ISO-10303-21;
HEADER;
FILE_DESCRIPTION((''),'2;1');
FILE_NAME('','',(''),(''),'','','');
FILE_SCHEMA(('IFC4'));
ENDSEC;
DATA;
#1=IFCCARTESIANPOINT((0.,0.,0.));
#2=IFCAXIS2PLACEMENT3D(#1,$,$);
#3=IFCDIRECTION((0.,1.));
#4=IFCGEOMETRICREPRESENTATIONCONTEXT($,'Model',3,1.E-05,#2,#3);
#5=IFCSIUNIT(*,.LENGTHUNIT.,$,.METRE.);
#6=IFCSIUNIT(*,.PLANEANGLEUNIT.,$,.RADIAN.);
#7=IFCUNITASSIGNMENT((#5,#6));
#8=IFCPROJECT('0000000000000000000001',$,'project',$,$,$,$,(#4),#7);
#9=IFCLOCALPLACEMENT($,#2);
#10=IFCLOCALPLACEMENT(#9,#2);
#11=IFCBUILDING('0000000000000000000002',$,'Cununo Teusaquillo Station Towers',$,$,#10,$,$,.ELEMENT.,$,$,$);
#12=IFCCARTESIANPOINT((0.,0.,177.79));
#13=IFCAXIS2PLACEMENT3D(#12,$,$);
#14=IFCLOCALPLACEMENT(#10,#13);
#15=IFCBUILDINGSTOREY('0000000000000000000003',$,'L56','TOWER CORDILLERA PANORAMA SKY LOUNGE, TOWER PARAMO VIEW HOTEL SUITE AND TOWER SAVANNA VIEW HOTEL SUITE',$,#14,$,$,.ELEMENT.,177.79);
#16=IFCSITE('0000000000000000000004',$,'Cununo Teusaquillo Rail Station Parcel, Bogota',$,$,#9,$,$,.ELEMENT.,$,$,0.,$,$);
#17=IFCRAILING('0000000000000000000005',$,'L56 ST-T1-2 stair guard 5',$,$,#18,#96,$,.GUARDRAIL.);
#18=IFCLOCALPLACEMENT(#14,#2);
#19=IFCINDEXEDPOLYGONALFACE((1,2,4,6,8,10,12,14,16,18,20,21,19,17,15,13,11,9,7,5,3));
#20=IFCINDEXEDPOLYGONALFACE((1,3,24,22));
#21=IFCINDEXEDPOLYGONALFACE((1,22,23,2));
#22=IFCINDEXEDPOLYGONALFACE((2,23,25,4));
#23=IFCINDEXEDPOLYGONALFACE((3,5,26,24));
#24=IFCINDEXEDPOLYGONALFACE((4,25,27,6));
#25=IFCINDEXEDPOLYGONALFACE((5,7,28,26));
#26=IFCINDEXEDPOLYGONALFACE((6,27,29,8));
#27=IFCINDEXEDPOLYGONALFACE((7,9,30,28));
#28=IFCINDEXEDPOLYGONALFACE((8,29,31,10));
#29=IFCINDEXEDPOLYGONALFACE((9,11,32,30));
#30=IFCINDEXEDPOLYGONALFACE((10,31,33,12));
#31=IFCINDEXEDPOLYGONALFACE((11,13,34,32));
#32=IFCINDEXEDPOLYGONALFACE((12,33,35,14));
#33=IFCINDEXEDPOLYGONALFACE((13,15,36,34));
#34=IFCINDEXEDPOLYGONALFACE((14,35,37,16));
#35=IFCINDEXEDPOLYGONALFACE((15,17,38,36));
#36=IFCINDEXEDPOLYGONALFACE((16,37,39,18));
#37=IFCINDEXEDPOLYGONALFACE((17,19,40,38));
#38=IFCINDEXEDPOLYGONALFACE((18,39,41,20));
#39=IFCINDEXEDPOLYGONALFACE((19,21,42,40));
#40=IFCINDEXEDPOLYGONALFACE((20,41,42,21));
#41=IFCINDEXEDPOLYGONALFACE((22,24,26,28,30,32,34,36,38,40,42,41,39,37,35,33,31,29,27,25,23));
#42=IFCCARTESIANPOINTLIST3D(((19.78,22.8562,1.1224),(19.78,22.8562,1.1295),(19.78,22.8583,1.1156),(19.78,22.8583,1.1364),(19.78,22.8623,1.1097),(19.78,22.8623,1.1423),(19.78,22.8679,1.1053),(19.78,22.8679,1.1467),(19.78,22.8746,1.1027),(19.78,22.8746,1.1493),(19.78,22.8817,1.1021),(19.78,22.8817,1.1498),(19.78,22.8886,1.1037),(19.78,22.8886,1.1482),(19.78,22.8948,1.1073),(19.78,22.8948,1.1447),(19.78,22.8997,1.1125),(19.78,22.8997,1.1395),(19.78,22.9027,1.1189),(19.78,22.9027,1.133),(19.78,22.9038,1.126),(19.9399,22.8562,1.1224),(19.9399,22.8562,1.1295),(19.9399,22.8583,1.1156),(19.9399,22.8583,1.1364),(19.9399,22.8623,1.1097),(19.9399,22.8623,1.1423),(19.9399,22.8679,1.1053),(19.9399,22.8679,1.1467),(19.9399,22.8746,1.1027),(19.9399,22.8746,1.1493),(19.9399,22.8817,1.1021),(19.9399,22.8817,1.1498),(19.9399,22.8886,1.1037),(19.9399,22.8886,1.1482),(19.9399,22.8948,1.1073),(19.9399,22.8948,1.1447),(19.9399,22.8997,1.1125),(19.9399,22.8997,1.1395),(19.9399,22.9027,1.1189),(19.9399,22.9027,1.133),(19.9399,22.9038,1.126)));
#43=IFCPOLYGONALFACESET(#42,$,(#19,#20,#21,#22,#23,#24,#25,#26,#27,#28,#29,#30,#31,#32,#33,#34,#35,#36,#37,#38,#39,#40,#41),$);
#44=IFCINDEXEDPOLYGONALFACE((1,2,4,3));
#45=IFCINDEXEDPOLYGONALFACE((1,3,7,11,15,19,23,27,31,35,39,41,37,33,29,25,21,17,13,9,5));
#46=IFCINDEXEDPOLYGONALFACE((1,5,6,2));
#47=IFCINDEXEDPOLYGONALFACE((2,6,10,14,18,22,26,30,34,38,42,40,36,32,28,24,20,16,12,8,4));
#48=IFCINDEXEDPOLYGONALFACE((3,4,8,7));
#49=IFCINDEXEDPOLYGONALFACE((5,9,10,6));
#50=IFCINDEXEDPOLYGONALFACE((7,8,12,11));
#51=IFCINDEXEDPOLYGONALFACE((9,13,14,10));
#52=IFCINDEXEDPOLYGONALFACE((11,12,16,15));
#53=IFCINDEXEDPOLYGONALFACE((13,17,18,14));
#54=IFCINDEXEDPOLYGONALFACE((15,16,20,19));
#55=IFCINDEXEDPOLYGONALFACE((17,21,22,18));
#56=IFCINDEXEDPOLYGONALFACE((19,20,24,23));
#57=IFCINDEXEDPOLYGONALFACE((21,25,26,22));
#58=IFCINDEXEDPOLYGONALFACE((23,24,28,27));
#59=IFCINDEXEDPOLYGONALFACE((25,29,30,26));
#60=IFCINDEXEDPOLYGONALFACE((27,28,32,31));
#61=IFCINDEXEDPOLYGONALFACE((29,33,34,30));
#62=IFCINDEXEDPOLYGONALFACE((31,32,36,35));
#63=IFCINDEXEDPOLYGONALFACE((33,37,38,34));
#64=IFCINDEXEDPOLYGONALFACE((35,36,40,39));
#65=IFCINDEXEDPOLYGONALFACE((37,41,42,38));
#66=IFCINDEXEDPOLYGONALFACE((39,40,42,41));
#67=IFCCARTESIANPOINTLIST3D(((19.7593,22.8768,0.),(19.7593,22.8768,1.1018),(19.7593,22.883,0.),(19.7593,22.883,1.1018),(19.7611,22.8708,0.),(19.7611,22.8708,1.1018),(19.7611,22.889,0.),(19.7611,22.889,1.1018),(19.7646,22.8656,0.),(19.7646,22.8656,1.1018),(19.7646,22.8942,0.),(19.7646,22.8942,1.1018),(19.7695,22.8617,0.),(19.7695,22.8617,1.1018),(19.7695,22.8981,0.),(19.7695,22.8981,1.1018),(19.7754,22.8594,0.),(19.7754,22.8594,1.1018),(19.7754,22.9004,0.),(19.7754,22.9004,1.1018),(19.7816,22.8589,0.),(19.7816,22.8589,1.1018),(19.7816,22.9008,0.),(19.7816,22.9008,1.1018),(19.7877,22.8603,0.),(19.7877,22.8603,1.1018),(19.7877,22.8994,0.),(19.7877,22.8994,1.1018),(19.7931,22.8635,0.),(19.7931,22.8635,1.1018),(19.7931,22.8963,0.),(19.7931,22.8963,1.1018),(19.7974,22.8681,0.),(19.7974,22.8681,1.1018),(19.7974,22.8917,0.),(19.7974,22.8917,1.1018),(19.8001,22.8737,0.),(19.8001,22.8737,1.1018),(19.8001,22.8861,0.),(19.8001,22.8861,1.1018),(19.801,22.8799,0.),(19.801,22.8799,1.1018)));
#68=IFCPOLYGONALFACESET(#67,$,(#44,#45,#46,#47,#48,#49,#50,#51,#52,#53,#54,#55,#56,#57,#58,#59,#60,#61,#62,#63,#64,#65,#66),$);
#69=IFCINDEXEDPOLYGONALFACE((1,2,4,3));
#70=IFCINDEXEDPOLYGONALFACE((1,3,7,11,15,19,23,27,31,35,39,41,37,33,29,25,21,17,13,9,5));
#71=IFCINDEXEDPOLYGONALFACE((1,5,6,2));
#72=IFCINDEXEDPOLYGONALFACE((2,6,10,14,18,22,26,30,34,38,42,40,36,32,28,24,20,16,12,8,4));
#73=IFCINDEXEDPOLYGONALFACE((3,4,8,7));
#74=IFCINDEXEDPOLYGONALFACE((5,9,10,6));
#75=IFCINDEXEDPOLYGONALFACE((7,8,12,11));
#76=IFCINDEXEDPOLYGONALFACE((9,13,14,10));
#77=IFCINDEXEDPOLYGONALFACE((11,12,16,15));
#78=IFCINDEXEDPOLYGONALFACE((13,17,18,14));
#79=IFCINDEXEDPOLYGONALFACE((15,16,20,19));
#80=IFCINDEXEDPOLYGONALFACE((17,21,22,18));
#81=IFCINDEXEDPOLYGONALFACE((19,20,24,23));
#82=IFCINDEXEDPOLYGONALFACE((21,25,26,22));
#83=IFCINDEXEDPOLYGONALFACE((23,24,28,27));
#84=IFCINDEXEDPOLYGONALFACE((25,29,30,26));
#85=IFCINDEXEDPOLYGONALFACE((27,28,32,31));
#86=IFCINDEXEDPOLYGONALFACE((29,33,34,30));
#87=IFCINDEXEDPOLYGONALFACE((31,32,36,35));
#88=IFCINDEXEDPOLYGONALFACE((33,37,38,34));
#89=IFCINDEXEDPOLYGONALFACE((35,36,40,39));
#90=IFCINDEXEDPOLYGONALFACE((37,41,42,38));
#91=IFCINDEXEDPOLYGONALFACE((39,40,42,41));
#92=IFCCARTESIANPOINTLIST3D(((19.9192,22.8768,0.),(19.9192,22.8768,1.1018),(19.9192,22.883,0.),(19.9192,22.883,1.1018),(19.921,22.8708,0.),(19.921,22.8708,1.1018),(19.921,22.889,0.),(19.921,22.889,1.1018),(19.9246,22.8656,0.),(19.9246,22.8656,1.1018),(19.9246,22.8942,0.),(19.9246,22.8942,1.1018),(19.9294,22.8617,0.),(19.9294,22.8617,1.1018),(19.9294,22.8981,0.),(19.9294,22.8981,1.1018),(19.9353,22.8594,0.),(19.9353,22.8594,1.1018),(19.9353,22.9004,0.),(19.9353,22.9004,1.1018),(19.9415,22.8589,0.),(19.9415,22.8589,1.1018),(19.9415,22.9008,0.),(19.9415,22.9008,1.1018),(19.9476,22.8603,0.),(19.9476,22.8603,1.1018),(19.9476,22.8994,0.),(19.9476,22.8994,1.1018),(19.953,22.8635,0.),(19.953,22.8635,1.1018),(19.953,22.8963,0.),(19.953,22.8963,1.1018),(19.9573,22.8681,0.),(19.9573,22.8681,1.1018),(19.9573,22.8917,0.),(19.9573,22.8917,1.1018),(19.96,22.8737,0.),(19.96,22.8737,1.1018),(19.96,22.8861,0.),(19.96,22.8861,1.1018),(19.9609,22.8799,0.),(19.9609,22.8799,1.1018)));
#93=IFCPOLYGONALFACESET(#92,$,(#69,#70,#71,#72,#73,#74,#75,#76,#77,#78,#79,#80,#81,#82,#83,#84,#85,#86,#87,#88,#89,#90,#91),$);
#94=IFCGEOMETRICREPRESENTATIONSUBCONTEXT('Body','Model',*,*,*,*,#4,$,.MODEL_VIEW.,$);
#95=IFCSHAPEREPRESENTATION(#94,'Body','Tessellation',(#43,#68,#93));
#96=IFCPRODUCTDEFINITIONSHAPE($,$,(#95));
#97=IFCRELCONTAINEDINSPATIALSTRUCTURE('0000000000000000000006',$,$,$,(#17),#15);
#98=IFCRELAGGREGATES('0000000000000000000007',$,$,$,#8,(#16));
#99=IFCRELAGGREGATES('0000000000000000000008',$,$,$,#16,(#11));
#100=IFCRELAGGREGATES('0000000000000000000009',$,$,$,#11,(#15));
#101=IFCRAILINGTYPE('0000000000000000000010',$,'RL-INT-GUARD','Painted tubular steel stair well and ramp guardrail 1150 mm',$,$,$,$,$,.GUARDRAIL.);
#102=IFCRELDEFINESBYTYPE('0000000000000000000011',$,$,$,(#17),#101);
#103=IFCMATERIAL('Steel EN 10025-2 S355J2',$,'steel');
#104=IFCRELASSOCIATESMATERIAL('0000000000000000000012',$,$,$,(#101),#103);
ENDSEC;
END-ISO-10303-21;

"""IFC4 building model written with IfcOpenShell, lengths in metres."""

from ifc_helpers import new_model, si_unit, direction, frame, origin, origin_2d, place, context, subcontext, project, spatial, circle, extrude, material, type_object, element, save


model = new_model("IFC4")

# Units and contexts
model_context = context("Model", 3, precision=1e-05, world=origin(), true_north=direction((0.0, 1.0)))
body_context = subcontext(model_context, "Body", "Model", "MODEL_VIEW")
ifc_project = project(units=[si_unit("LENGTHUNIT", "METRE"), si_unit("PLANEANGLEUNIT", "RADIAN")], contexts=[model_context])

# Site, building, storey
site_placement = place(None, origin())
site = spatial("IfcSite", under=ifc_project, at=site_placement, Name="Cununo Teusaquillo Rail Station Parcel, Bogota", CompositionType="ELEMENT", RefElevation=0.0)
building_placement = place(site_placement, origin())
building = spatial("IfcBuilding", under=site, at=building_placement, Name="Cununo Teusaquillo Station Towers", CompositionType="ELEMENT")
storey_placement = place(building_placement, frame((0.0, 0.0, 177.79)))
storey = spatial("IfcBuildingStorey", under=building, at=storey_placement, Name="L56", Description="TOWER CORDILLERA PANORAMA SKY LOUNGE, TOWER PARAMO VIEW HOTEL SUITE AND TOWER SAVANNA VIEW HOTEL SUITE", CompositionType="ELEMENT", Elevation=177.79)

# Railing
ifc_material_1 = material(Name="Steel EN 10025-2 S355J2", Category="steel")
railing_type_1 = type_object("IfcRailingType", Name="RL-INT-GUARD", Description="Painted tubular steel stair well and ramp guardrail 1150 mm", PredefinedType="GUARDRAIL", material=ifc_material_1)
railing_1_placement = place(storey_placement, frame((19.78, 22.8799, 0.0)))
element("IfcRailing", 1, at=railing_1_placement, inside=storey, type_object=railing_type_1, Name="L56 ST-T1-2 stair guard 5", PredefinedType="GUARDRAIL", context=body_context, shape_type="SweptSolid", body=[
    extrude(circle(Radius=0.0239, at=origin_2d()), frame((0.0, 0.0, 1.126), z_axis=(1.0, 0.0, 0.0), x_axis=(0.0, 1.0, 0.0)), (0.0, 0.0, 1.0), 0.1599),
    extrude(circle(Radius=0.021, at=origin_2d()), origin(), (0.0, 0.0, 1.0), 1.1018),
    extrude(circle(Radius=0.021, at=origin_2d()), frame((0.1599, 0.0, 0.0)), (0.0, 0.0, 1.0), 1.1018),
])

save(model, "model.ifc")
